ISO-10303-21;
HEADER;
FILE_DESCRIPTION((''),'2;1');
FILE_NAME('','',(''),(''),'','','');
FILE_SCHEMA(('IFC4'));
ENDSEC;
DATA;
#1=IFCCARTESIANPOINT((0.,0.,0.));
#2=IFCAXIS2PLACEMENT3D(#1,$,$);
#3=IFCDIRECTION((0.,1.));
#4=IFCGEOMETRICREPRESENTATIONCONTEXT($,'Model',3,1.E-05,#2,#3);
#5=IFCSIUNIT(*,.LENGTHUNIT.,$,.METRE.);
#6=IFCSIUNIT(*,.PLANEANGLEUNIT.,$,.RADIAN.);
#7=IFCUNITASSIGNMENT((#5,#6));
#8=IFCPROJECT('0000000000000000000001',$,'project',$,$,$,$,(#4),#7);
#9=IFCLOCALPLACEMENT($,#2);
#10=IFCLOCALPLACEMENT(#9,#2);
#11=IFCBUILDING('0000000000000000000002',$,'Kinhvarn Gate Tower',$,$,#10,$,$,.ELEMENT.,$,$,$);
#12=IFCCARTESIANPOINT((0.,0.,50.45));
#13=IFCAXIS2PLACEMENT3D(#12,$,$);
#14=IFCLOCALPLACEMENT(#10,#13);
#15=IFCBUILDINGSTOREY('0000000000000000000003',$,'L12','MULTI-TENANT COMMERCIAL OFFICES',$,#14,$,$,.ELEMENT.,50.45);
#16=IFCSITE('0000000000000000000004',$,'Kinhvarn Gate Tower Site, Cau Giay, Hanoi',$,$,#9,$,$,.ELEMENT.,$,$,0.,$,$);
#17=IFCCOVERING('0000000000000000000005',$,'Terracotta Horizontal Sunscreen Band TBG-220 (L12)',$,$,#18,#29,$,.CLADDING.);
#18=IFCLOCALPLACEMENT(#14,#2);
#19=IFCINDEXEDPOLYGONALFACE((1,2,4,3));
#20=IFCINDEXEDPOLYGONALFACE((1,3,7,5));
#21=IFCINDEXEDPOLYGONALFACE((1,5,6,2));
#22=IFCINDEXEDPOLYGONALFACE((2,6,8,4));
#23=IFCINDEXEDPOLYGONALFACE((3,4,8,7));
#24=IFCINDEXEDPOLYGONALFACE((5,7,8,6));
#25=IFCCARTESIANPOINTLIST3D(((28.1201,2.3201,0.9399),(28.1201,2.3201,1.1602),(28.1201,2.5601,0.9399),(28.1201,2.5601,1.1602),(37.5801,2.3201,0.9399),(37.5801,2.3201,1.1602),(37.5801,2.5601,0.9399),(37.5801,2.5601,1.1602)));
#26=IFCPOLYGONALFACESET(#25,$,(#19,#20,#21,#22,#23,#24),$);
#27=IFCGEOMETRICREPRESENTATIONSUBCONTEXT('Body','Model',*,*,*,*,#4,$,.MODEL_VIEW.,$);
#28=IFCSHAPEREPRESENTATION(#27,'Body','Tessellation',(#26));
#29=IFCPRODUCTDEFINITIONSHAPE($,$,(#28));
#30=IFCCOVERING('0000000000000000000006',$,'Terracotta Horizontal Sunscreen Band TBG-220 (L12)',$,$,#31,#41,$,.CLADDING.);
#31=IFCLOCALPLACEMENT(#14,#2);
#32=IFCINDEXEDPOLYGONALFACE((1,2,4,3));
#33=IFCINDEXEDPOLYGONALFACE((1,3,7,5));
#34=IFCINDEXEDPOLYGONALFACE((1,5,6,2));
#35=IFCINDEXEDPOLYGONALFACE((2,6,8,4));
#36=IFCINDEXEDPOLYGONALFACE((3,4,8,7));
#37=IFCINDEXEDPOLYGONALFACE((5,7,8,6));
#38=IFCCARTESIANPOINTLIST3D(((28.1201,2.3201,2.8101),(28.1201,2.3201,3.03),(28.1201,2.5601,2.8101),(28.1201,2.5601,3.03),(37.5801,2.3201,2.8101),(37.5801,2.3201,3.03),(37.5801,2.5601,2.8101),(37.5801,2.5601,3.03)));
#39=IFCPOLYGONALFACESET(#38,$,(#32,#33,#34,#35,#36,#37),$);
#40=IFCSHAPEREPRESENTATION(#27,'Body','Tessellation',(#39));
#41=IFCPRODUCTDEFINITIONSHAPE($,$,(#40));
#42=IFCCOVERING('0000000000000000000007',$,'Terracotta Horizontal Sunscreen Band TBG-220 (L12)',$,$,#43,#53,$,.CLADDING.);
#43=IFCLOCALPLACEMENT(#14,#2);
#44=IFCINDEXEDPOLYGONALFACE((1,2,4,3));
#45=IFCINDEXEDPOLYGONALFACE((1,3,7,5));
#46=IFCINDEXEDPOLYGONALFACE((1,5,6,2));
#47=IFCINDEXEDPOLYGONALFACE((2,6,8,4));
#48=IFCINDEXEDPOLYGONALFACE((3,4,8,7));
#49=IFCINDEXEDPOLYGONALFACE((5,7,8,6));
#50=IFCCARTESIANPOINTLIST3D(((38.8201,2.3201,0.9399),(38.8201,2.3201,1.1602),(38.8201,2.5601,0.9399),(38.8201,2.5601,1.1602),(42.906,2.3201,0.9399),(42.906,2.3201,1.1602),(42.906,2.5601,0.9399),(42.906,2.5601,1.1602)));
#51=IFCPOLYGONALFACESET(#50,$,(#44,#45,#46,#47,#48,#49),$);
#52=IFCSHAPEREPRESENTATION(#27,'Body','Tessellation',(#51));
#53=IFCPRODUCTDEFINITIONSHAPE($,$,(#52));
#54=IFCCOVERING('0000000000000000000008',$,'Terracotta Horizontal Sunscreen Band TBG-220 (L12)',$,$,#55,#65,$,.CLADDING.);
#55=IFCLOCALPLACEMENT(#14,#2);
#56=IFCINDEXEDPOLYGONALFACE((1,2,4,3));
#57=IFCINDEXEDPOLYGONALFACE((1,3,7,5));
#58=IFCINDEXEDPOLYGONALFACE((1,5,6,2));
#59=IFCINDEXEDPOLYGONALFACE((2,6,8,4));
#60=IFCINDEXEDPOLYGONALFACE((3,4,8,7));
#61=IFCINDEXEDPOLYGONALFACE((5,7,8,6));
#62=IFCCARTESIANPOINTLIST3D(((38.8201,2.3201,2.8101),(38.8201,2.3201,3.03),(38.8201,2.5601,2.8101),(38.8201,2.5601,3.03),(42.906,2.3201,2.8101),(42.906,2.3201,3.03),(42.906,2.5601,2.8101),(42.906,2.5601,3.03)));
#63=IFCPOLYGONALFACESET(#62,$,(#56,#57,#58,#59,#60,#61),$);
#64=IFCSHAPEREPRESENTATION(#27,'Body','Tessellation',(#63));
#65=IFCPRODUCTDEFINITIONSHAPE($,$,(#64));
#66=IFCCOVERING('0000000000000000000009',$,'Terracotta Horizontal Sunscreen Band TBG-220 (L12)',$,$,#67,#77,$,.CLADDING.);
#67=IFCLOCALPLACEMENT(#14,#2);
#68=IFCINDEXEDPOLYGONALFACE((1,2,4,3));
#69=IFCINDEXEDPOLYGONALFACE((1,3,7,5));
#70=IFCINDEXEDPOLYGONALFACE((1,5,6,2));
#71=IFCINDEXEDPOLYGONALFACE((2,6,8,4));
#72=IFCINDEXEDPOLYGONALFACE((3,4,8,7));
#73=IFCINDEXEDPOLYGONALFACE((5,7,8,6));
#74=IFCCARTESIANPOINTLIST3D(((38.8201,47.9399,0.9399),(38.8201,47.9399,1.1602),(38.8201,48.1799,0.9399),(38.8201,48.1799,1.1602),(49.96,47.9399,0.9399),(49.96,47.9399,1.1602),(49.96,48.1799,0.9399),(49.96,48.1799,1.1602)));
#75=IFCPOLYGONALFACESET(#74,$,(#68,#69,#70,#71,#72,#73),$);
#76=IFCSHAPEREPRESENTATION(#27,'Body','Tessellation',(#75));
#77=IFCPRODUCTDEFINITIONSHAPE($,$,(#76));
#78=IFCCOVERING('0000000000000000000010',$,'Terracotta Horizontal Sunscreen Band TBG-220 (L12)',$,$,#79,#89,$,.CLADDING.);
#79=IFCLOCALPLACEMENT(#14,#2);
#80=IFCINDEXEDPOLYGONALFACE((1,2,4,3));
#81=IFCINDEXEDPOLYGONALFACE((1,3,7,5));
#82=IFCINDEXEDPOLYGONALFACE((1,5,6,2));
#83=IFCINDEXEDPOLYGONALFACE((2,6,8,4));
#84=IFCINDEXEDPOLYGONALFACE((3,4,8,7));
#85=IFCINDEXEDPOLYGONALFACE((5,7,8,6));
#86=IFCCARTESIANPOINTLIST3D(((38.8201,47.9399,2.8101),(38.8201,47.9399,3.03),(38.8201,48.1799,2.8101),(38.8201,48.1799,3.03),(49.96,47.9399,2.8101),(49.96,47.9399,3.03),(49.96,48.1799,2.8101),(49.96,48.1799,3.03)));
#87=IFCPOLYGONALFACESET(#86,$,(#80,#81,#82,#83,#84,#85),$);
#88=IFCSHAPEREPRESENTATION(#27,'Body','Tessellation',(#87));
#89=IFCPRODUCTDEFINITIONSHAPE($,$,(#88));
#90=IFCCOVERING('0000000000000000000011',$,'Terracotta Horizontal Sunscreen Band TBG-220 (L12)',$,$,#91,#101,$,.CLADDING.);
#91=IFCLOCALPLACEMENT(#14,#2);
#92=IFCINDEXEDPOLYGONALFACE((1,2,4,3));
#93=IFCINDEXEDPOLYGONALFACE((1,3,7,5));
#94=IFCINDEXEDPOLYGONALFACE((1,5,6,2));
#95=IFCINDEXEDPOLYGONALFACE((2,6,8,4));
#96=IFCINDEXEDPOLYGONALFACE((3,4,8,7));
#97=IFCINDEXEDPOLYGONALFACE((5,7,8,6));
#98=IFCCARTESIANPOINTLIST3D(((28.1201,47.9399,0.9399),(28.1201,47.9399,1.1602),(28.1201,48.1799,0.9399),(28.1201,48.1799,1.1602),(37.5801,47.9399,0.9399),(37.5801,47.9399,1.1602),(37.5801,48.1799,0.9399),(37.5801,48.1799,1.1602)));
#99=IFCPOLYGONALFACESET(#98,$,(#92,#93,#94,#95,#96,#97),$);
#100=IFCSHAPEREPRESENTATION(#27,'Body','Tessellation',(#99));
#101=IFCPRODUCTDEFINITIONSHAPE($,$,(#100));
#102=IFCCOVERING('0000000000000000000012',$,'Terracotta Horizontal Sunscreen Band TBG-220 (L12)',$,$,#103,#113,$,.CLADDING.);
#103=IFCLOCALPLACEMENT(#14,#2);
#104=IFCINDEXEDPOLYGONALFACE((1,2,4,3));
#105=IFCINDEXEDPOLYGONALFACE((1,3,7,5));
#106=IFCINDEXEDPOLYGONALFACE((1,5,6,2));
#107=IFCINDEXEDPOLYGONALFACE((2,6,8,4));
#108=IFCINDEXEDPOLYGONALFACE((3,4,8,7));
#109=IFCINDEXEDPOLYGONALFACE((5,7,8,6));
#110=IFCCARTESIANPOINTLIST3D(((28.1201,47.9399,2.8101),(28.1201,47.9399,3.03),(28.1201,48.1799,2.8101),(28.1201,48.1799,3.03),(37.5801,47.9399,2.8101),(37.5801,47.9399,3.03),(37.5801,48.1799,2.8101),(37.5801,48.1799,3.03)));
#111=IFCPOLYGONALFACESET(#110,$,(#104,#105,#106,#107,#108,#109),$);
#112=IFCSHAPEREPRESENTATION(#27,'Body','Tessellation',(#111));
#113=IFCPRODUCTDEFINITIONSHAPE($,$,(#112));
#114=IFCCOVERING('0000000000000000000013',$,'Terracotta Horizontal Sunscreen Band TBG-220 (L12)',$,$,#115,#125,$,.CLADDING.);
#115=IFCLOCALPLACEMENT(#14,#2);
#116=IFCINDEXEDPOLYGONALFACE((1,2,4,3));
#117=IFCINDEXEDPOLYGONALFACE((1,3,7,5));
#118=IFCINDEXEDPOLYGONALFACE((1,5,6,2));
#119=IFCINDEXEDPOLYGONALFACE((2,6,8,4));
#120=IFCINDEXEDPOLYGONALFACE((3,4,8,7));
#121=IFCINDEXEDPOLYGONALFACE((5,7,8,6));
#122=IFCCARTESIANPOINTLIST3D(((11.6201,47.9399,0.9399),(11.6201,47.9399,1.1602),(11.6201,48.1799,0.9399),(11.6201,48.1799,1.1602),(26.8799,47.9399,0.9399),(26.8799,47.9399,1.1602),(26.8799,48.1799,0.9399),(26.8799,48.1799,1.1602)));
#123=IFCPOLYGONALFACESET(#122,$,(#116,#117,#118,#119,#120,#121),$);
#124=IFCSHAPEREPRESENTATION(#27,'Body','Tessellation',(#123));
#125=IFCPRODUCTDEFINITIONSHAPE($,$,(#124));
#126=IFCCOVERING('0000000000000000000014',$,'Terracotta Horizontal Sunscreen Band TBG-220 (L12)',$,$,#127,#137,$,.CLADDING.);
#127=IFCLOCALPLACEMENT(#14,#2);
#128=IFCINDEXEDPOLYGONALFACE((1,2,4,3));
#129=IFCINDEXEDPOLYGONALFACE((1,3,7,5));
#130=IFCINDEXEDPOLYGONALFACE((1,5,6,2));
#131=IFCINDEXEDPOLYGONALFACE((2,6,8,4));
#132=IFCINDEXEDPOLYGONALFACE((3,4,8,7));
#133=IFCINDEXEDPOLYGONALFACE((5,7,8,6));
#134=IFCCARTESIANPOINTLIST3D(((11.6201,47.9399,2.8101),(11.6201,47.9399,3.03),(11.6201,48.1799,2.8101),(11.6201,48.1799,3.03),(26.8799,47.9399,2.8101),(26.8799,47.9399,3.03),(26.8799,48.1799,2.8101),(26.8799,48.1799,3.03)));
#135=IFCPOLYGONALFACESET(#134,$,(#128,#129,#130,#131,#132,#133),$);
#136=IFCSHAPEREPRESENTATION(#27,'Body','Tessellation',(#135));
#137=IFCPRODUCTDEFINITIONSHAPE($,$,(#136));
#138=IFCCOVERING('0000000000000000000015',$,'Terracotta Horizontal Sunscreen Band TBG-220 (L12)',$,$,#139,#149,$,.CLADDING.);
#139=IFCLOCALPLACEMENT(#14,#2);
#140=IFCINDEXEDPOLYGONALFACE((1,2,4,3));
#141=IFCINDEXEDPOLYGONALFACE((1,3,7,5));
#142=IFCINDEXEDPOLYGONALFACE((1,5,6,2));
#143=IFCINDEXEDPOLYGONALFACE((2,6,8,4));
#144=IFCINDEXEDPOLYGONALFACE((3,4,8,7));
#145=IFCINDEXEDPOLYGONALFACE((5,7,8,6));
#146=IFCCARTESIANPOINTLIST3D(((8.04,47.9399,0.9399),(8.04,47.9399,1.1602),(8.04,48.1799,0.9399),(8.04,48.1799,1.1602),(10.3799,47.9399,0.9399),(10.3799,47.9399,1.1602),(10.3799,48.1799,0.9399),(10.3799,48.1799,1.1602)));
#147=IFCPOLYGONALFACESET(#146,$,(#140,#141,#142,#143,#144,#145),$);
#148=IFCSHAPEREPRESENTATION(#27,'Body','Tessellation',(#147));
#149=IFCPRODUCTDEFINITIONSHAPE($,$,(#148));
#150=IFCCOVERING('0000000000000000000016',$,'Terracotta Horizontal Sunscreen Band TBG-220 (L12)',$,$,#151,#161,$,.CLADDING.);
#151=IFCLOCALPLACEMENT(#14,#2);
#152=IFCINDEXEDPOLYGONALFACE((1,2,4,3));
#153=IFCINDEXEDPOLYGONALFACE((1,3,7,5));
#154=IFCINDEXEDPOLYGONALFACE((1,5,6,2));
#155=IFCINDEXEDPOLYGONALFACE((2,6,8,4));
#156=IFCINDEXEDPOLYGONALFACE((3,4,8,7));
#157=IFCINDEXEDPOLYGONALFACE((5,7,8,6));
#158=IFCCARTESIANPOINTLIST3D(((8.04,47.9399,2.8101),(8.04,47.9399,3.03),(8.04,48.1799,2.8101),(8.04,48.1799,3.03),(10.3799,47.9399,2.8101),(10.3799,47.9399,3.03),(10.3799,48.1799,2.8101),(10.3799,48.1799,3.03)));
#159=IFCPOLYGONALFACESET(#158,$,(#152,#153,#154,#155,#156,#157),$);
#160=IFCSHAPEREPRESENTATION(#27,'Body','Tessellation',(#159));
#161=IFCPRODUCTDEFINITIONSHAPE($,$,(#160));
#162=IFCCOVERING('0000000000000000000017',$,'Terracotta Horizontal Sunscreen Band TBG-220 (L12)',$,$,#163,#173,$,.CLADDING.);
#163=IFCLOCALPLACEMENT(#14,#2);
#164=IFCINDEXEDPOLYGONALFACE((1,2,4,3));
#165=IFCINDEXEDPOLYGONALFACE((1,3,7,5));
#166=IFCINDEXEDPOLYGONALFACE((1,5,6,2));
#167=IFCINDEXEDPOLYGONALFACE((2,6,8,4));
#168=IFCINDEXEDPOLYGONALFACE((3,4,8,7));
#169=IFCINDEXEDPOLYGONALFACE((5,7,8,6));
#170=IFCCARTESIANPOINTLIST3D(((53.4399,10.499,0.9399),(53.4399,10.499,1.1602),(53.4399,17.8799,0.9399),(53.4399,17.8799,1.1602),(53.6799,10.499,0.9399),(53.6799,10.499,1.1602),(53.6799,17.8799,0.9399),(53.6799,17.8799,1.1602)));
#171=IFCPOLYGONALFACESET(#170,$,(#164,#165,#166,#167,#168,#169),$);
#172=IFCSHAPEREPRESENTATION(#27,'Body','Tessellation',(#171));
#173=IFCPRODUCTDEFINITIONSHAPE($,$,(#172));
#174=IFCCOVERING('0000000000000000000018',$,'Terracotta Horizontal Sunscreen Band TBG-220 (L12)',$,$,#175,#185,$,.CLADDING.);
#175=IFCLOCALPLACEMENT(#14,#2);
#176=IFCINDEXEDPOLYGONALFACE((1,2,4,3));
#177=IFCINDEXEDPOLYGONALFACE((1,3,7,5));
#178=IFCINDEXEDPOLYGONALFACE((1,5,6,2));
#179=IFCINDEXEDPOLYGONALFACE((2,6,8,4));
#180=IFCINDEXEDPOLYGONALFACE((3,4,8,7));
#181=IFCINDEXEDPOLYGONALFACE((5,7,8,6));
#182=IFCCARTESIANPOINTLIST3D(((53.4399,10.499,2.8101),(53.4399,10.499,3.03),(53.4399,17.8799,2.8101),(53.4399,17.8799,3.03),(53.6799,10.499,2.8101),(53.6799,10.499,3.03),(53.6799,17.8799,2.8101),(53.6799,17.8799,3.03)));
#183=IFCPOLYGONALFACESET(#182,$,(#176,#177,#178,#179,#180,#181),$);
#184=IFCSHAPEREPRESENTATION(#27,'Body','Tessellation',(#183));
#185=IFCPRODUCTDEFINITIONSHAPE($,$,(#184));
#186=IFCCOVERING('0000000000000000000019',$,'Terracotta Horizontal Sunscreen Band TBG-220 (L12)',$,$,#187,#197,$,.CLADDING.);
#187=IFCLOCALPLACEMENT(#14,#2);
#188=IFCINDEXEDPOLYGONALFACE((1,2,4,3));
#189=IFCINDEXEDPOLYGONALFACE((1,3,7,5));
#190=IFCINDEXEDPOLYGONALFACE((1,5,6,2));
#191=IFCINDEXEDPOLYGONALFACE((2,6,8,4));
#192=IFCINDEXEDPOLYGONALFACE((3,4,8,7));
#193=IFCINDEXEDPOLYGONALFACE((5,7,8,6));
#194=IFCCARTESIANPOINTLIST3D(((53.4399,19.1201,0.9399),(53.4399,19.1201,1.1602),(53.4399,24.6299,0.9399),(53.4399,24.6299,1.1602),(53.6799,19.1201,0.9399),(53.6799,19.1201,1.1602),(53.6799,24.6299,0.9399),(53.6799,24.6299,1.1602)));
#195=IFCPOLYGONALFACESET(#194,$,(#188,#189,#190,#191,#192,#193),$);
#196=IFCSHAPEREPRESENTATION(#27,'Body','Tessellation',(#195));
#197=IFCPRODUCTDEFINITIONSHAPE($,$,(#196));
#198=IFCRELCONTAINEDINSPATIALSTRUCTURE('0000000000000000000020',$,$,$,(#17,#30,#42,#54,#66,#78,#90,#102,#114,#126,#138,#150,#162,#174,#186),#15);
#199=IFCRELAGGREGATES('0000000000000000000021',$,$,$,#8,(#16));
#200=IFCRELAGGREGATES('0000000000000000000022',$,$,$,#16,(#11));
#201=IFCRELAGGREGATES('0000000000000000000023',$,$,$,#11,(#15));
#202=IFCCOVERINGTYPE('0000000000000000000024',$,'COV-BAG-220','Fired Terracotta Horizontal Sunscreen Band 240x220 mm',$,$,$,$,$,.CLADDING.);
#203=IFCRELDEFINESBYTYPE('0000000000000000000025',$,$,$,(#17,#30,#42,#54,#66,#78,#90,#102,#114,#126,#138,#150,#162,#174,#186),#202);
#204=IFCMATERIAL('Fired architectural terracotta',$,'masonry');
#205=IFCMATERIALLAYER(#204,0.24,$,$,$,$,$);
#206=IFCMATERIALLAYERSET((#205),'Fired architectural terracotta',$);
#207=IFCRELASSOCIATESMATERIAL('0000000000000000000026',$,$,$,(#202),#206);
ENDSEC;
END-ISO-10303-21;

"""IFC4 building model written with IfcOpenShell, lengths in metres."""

from ifc_helpers import new_model, si_unit, direction, frame, origin, place, context, subcontext, project, spatial, polyline, outline, extrude, material, layer, layer_set, type_object, element, save


model = new_model("IFC4")

# Units and contexts
model_context = context("Model", 3, precision=1e-05, world=origin(), true_north=direction((0.0, 1.0)))
body_context = subcontext(model_context, "Body", "Model", "MODEL_VIEW")
ifc_project = project(units=[si_unit("LENGTHUNIT", "METRE"), si_unit("PLANEANGLEUNIT", "RADIAN")], contexts=[model_context])

# Site, building, storey
site_placement = place(None, origin())
site = spatial("IfcSite", under=ifc_project, at=site_placement, Name="Kinhvarn Gate Tower Site, Cau Giay, Hanoi", CompositionType="ELEMENT", RefElevation=0.0)
building_placement = place(site_placement, origin())
building = spatial("IfcBuilding", under=site, at=building_placement, Name="Kinhvarn Gate Tower", CompositionType="ELEMENT")
storey_placement = place(building_placement, frame((0.0, 0.0, 50.45)))
storey = spatial("IfcBuildingStorey", under=building, at=storey_placement, Name="L12", Description="MULTI-TENANT COMMERCIAL OFFICES", CompositionType="ELEMENT", Elevation=50.45)

# Coverings
ifc_material_1 = material(Name="Fired architectural terracotta", Category="masonry")
ifc_layer_1 = layer(ifc_material_1, 0.24)
ifc_layer_set_1 = layer_set([ifc_layer_1], Name="Fired architectural terracotta")
covering_type_1 = type_object("IfcCoveringType", Name="COV-BAG-220", Description="Fired Terracotta Horizontal Sunscreen Band 240x220 mm", PredefinedType="CLADDING", material=ifc_layer_set_1)
covering_1_placement = place(storey_placement, frame((0.0, 0.0, 0.9399)))
element("IfcCovering", 1, at=covering_1_placement, inside=storey, type_object=covering_type_1, Name="Terracotta Horizontal Sunscreen Band TBG-220 (L12)", PredefinedType="CLADDING", context=body_context, shape_type="SweptSolid", body=[
    extrude(outline(polyline([(28.1201, 2.5601), (37.5801, 2.5601), (37.5801, 2.3201), (28.1201, 2.3201), (28.1201, 2.5601)])), origin(), (0.0, 0.0, 1.0), 0.2202),
])
covering_2_placement = place(storey_placement, frame((0.0, 0.0, 2.8101)))
element("IfcCovering", 2, at=covering_2_placement, inside=storey, type_object=covering_type_1, Name="Terracotta Horizontal Sunscreen Band TBG-220 (L12)", PredefinedType="CLADDING", context=body_context, shape_type="SweptSolid", body=[
    extrude(outline(polyline([(28.1201, 2.5601), (37.5801, 2.5601), (37.5801, 2.3201), (28.1201, 2.3201), (28.1201, 2.5601)])), origin(), (0.0, 0.0, 1.0), 0.22),
])
covering_3_placement = place(storey_placement, frame((0.0, 0.0, 0.9399)))
element("IfcCovering", 3, at=covering_3_placement, inside=storey, type_object=covering_type_1, Name="Terracotta Horizontal Sunscreen Band TBG-220 (L12)", PredefinedType="CLADDING", context=body_context, shape_type="SweptSolid", body=[
    extrude(outline(polyline([(38.8201, 2.5601), (42.906, 2.5601), (42.906, 2.3201), (38.8201, 2.3201), (38.8201, 2.5601)])), origin(), (0.0, 0.0, 1.0), 0.2202),
])
covering_4_placement = place(storey_placement, frame((0.0, 0.0, 2.8101)))
element("IfcCovering", 4, at=covering_4_placement, inside=storey, type_object=covering_type_1, Name="Terracotta Horizontal Sunscreen Band TBG-220 (L12)", PredefinedType="CLADDING", context=body_context, shape_type="SweptSolid", body=[
    extrude(outline(polyline([(38.8201, 2.5601), (42.906, 2.5601), (42.906, 2.3201), (38.8201, 2.3201), (38.8201, 2.5601)])), origin(), (0.0, 0.0, 1.0), 0.22),
])
covering_5_placement = place(storey_placement, frame((0.0, 0.0, 0.9399)))
element("IfcCovering", 5, at=covering_5_placement, inside=storey, type_object=covering_type_1, Name="Terracotta Horizontal Sunscreen Band TBG-220 (L12)", PredefinedType="CLADDING", context=body_context, shape_type="SweptSolid", body=[
    extrude(outline(polyline([(49.96, 47.9399), (38.8201, 47.9399), (38.8201, 48.1799), (49.96, 48.1799), (49.96, 47.9399)])), origin(), (0.0, 0.0, 1.0), 0.2202),
])
covering_6_placement = place(storey_placement, frame((0.0, 0.0, 2.8101)))
element("IfcCovering", 6, at=covering_6_placement, inside=storey, type_object=covering_type_1, Name="Terracotta Horizontal Sunscreen Band TBG-220 (L12)", PredefinedType="CLADDING", context=body_context, shape_type="SweptSolid", body=[
    extrude(outline(polyline([(49.96, 47.9399), (38.8201, 47.9399), (38.8201, 48.1799), (49.96, 48.1799), (49.96, 47.9399)])), origin(), (0.0, 0.0, 1.0), 0.22),
])
covering_7_placement = place(storey_placement, frame((0.0, 0.0, 0.9399)))
element("IfcCovering", 7, at=covering_7_placement, inside=storey, type_object=covering_type_1, Name="Terracotta Horizontal Sunscreen Band TBG-220 (L12)", PredefinedType="CLADDING", context=body_context, shape_type="SweptSolid", body=[
    extrude(outline(polyline([(37.5801, 47.9399), (28.1201, 47.9399), (28.1201, 48.1799), (37.5801, 48.1799), (37.5801, 47.9399)])), origin(), (0.0, 0.0, 1.0), 0.2202),
])
covering_8_placement = place(storey_placement, frame((0.0, 0.0, 2.8101)))
element("IfcCovering", 8, at=covering_8_placement, inside=storey, type_object=covering_type_1, Name="Terracotta Horizontal Sunscreen Band TBG-220 (L12)", PredefinedType="CLADDING", context=body_context, shape_type="SweptSolid", body=[
    extrude(outline(polyline([(37.5801, 47.9399), (28.1201, 47.9399), (28.1201, 48.1799), (37.5801, 48.1799), (37.5801, 47.9399)])), origin(), (0.0, 0.0, 1.0), 0.22),
])
covering_9_placement = place(storey_placement, frame((0.0, 0.0, 0.9399)))
element("IfcCovering", 9, at=covering_9_placement, inside=storey, type_object=covering_type_1, Name="Terracotta Horizontal Sunscreen Band TBG-220 (L12)", PredefinedType="CLADDING", context=body_context, shape_type="SweptSolid", body=[
    extrude(outline(polyline([(26.8799, 47.9399), (11.6201, 47.9399), (11.6201, 48.1799), (26.8799, 48.1799), (26.8799, 47.9399)])), origin(), (0.0, 0.0, 1.0), 0.2202),
])
covering_10_placement = place(storey_placement, frame((0.0, 0.0, 2.8101)))
element("IfcCovering", 10, at=covering_10_placement, inside=storey, type_object=covering_type_1, Name="Terracotta Horizontal Sunscreen Band TBG-220 (L12)", PredefinedType="CLADDING", context=body_context, shape_type="SweptSolid", body=[
    extrude(outline(polyline([(26.8799, 47.9399), (11.6201, 47.9399), (11.6201, 48.1799), (26.8799, 48.1799), (26.8799, 47.9399)])), origin(), (0.0, 0.0, 1.0), 0.22),
])
covering_11_placement = place(storey_placement, frame((0.0, 0.0, 0.9399)))
element("IfcCovering", 11, at=covering_11_placement, inside=storey, type_object=covering_type_1, Name="Terracotta Horizontal Sunscreen Band TBG-220 (L12)", PredefinedType="CLADDING", context=body_context, shape_type="SweptSolid", body=[
    extrude(outline(polyline([(10.3799, 47.9399), (8.04, 47.9399), (8.04, 48.1799), (10.3799, 48.1799), (10.3799, 47.9399)])), origin(), (0.0, 0.0, 1.0), 0.2202),
])
covering_12_placement = place(storey_placement, frame((0.0, 0.0, 2.8101)))
element("IfcCovering", 12, at=covering_12_placement, inside=storey, type_object=covering_type_1, Name="Terracotta Horizontal Sunscreen Band TBG-220 (L12)", PredefinedType="CLADDING", context=body_context, shape_type="SweptSolid", body=[
    extrude(outline(polyline([(10.3799, 47.9399), (8.04, 47.9399), (8.04, 48.1799), (10.3799, 48.1799), (10.3799, 47.9399)])), origin(), (0.0, 0.0, 1.0), 0.22),
])
covering_13_placement = place(storey_placement, frame((0.0, 0.0, 0.9399)))
element("IfcCovering", 13, at=covering_13_placement, inside=storey, type_object=covering_type_1, Name="Terracotta Horizontal Sunscreen Band TBG-220 (L12)", PredefinedType="CLADDING", context=body_context, shape_type="SweptSolid", body=[
    extrude(outline(polyline([(53.4399, 10.499), (53.4399, 17.8799), (53.6799, 17.8799), (53.6799, 10.499), (53.4399, 10.499)])), origin(), (0.0, 0.0, 1.0), 0.2202),
])
covering_14_placement = place(storey_placement, frame((0.0, 0.0, 2.8101)))
element("IfcCovering", 14, at=covering_14_placement, inside=storey, type_object=covering_type_1, Name="Terracotta Horizontal Sunscreen Band TBG-220 (L12)", PredefinedType="CLADDING", context=body_context, shape_type="SweptSolid", body=[
    extrude(outline(polyline([(53.4399, 10.499), (53.4399, 17.8799), (53.6799, 17.8799), (53.6799, 10.499), (53.4399, 10.499)])), origin(), (0.0, 0.0, 1.0), 0.22),
])
covering_15_placement = place(storey_placement, frame((0.0, 0.0, 0.9399)))
element("IfcCovering", 15, at=covering_15_placement, inside=storey, type_object=covering_type_1, Name="Terracotta Horizontal Sunscreen Band TBG-220 (L12)", PredefinedType="CLADDING", context=body_context, shape_type="SweptSolid", body=[
    extrude(outline(polyline([(53.4399, 19.1201), (53.4399, 24.6299), (53.6799, 24.6299), (53.6799, 19.1201), (53.4399, 19.1201)])), origin(), (0.0, 0.0, 1.0), 0.2202),
])

save(model, "model.ifc")
